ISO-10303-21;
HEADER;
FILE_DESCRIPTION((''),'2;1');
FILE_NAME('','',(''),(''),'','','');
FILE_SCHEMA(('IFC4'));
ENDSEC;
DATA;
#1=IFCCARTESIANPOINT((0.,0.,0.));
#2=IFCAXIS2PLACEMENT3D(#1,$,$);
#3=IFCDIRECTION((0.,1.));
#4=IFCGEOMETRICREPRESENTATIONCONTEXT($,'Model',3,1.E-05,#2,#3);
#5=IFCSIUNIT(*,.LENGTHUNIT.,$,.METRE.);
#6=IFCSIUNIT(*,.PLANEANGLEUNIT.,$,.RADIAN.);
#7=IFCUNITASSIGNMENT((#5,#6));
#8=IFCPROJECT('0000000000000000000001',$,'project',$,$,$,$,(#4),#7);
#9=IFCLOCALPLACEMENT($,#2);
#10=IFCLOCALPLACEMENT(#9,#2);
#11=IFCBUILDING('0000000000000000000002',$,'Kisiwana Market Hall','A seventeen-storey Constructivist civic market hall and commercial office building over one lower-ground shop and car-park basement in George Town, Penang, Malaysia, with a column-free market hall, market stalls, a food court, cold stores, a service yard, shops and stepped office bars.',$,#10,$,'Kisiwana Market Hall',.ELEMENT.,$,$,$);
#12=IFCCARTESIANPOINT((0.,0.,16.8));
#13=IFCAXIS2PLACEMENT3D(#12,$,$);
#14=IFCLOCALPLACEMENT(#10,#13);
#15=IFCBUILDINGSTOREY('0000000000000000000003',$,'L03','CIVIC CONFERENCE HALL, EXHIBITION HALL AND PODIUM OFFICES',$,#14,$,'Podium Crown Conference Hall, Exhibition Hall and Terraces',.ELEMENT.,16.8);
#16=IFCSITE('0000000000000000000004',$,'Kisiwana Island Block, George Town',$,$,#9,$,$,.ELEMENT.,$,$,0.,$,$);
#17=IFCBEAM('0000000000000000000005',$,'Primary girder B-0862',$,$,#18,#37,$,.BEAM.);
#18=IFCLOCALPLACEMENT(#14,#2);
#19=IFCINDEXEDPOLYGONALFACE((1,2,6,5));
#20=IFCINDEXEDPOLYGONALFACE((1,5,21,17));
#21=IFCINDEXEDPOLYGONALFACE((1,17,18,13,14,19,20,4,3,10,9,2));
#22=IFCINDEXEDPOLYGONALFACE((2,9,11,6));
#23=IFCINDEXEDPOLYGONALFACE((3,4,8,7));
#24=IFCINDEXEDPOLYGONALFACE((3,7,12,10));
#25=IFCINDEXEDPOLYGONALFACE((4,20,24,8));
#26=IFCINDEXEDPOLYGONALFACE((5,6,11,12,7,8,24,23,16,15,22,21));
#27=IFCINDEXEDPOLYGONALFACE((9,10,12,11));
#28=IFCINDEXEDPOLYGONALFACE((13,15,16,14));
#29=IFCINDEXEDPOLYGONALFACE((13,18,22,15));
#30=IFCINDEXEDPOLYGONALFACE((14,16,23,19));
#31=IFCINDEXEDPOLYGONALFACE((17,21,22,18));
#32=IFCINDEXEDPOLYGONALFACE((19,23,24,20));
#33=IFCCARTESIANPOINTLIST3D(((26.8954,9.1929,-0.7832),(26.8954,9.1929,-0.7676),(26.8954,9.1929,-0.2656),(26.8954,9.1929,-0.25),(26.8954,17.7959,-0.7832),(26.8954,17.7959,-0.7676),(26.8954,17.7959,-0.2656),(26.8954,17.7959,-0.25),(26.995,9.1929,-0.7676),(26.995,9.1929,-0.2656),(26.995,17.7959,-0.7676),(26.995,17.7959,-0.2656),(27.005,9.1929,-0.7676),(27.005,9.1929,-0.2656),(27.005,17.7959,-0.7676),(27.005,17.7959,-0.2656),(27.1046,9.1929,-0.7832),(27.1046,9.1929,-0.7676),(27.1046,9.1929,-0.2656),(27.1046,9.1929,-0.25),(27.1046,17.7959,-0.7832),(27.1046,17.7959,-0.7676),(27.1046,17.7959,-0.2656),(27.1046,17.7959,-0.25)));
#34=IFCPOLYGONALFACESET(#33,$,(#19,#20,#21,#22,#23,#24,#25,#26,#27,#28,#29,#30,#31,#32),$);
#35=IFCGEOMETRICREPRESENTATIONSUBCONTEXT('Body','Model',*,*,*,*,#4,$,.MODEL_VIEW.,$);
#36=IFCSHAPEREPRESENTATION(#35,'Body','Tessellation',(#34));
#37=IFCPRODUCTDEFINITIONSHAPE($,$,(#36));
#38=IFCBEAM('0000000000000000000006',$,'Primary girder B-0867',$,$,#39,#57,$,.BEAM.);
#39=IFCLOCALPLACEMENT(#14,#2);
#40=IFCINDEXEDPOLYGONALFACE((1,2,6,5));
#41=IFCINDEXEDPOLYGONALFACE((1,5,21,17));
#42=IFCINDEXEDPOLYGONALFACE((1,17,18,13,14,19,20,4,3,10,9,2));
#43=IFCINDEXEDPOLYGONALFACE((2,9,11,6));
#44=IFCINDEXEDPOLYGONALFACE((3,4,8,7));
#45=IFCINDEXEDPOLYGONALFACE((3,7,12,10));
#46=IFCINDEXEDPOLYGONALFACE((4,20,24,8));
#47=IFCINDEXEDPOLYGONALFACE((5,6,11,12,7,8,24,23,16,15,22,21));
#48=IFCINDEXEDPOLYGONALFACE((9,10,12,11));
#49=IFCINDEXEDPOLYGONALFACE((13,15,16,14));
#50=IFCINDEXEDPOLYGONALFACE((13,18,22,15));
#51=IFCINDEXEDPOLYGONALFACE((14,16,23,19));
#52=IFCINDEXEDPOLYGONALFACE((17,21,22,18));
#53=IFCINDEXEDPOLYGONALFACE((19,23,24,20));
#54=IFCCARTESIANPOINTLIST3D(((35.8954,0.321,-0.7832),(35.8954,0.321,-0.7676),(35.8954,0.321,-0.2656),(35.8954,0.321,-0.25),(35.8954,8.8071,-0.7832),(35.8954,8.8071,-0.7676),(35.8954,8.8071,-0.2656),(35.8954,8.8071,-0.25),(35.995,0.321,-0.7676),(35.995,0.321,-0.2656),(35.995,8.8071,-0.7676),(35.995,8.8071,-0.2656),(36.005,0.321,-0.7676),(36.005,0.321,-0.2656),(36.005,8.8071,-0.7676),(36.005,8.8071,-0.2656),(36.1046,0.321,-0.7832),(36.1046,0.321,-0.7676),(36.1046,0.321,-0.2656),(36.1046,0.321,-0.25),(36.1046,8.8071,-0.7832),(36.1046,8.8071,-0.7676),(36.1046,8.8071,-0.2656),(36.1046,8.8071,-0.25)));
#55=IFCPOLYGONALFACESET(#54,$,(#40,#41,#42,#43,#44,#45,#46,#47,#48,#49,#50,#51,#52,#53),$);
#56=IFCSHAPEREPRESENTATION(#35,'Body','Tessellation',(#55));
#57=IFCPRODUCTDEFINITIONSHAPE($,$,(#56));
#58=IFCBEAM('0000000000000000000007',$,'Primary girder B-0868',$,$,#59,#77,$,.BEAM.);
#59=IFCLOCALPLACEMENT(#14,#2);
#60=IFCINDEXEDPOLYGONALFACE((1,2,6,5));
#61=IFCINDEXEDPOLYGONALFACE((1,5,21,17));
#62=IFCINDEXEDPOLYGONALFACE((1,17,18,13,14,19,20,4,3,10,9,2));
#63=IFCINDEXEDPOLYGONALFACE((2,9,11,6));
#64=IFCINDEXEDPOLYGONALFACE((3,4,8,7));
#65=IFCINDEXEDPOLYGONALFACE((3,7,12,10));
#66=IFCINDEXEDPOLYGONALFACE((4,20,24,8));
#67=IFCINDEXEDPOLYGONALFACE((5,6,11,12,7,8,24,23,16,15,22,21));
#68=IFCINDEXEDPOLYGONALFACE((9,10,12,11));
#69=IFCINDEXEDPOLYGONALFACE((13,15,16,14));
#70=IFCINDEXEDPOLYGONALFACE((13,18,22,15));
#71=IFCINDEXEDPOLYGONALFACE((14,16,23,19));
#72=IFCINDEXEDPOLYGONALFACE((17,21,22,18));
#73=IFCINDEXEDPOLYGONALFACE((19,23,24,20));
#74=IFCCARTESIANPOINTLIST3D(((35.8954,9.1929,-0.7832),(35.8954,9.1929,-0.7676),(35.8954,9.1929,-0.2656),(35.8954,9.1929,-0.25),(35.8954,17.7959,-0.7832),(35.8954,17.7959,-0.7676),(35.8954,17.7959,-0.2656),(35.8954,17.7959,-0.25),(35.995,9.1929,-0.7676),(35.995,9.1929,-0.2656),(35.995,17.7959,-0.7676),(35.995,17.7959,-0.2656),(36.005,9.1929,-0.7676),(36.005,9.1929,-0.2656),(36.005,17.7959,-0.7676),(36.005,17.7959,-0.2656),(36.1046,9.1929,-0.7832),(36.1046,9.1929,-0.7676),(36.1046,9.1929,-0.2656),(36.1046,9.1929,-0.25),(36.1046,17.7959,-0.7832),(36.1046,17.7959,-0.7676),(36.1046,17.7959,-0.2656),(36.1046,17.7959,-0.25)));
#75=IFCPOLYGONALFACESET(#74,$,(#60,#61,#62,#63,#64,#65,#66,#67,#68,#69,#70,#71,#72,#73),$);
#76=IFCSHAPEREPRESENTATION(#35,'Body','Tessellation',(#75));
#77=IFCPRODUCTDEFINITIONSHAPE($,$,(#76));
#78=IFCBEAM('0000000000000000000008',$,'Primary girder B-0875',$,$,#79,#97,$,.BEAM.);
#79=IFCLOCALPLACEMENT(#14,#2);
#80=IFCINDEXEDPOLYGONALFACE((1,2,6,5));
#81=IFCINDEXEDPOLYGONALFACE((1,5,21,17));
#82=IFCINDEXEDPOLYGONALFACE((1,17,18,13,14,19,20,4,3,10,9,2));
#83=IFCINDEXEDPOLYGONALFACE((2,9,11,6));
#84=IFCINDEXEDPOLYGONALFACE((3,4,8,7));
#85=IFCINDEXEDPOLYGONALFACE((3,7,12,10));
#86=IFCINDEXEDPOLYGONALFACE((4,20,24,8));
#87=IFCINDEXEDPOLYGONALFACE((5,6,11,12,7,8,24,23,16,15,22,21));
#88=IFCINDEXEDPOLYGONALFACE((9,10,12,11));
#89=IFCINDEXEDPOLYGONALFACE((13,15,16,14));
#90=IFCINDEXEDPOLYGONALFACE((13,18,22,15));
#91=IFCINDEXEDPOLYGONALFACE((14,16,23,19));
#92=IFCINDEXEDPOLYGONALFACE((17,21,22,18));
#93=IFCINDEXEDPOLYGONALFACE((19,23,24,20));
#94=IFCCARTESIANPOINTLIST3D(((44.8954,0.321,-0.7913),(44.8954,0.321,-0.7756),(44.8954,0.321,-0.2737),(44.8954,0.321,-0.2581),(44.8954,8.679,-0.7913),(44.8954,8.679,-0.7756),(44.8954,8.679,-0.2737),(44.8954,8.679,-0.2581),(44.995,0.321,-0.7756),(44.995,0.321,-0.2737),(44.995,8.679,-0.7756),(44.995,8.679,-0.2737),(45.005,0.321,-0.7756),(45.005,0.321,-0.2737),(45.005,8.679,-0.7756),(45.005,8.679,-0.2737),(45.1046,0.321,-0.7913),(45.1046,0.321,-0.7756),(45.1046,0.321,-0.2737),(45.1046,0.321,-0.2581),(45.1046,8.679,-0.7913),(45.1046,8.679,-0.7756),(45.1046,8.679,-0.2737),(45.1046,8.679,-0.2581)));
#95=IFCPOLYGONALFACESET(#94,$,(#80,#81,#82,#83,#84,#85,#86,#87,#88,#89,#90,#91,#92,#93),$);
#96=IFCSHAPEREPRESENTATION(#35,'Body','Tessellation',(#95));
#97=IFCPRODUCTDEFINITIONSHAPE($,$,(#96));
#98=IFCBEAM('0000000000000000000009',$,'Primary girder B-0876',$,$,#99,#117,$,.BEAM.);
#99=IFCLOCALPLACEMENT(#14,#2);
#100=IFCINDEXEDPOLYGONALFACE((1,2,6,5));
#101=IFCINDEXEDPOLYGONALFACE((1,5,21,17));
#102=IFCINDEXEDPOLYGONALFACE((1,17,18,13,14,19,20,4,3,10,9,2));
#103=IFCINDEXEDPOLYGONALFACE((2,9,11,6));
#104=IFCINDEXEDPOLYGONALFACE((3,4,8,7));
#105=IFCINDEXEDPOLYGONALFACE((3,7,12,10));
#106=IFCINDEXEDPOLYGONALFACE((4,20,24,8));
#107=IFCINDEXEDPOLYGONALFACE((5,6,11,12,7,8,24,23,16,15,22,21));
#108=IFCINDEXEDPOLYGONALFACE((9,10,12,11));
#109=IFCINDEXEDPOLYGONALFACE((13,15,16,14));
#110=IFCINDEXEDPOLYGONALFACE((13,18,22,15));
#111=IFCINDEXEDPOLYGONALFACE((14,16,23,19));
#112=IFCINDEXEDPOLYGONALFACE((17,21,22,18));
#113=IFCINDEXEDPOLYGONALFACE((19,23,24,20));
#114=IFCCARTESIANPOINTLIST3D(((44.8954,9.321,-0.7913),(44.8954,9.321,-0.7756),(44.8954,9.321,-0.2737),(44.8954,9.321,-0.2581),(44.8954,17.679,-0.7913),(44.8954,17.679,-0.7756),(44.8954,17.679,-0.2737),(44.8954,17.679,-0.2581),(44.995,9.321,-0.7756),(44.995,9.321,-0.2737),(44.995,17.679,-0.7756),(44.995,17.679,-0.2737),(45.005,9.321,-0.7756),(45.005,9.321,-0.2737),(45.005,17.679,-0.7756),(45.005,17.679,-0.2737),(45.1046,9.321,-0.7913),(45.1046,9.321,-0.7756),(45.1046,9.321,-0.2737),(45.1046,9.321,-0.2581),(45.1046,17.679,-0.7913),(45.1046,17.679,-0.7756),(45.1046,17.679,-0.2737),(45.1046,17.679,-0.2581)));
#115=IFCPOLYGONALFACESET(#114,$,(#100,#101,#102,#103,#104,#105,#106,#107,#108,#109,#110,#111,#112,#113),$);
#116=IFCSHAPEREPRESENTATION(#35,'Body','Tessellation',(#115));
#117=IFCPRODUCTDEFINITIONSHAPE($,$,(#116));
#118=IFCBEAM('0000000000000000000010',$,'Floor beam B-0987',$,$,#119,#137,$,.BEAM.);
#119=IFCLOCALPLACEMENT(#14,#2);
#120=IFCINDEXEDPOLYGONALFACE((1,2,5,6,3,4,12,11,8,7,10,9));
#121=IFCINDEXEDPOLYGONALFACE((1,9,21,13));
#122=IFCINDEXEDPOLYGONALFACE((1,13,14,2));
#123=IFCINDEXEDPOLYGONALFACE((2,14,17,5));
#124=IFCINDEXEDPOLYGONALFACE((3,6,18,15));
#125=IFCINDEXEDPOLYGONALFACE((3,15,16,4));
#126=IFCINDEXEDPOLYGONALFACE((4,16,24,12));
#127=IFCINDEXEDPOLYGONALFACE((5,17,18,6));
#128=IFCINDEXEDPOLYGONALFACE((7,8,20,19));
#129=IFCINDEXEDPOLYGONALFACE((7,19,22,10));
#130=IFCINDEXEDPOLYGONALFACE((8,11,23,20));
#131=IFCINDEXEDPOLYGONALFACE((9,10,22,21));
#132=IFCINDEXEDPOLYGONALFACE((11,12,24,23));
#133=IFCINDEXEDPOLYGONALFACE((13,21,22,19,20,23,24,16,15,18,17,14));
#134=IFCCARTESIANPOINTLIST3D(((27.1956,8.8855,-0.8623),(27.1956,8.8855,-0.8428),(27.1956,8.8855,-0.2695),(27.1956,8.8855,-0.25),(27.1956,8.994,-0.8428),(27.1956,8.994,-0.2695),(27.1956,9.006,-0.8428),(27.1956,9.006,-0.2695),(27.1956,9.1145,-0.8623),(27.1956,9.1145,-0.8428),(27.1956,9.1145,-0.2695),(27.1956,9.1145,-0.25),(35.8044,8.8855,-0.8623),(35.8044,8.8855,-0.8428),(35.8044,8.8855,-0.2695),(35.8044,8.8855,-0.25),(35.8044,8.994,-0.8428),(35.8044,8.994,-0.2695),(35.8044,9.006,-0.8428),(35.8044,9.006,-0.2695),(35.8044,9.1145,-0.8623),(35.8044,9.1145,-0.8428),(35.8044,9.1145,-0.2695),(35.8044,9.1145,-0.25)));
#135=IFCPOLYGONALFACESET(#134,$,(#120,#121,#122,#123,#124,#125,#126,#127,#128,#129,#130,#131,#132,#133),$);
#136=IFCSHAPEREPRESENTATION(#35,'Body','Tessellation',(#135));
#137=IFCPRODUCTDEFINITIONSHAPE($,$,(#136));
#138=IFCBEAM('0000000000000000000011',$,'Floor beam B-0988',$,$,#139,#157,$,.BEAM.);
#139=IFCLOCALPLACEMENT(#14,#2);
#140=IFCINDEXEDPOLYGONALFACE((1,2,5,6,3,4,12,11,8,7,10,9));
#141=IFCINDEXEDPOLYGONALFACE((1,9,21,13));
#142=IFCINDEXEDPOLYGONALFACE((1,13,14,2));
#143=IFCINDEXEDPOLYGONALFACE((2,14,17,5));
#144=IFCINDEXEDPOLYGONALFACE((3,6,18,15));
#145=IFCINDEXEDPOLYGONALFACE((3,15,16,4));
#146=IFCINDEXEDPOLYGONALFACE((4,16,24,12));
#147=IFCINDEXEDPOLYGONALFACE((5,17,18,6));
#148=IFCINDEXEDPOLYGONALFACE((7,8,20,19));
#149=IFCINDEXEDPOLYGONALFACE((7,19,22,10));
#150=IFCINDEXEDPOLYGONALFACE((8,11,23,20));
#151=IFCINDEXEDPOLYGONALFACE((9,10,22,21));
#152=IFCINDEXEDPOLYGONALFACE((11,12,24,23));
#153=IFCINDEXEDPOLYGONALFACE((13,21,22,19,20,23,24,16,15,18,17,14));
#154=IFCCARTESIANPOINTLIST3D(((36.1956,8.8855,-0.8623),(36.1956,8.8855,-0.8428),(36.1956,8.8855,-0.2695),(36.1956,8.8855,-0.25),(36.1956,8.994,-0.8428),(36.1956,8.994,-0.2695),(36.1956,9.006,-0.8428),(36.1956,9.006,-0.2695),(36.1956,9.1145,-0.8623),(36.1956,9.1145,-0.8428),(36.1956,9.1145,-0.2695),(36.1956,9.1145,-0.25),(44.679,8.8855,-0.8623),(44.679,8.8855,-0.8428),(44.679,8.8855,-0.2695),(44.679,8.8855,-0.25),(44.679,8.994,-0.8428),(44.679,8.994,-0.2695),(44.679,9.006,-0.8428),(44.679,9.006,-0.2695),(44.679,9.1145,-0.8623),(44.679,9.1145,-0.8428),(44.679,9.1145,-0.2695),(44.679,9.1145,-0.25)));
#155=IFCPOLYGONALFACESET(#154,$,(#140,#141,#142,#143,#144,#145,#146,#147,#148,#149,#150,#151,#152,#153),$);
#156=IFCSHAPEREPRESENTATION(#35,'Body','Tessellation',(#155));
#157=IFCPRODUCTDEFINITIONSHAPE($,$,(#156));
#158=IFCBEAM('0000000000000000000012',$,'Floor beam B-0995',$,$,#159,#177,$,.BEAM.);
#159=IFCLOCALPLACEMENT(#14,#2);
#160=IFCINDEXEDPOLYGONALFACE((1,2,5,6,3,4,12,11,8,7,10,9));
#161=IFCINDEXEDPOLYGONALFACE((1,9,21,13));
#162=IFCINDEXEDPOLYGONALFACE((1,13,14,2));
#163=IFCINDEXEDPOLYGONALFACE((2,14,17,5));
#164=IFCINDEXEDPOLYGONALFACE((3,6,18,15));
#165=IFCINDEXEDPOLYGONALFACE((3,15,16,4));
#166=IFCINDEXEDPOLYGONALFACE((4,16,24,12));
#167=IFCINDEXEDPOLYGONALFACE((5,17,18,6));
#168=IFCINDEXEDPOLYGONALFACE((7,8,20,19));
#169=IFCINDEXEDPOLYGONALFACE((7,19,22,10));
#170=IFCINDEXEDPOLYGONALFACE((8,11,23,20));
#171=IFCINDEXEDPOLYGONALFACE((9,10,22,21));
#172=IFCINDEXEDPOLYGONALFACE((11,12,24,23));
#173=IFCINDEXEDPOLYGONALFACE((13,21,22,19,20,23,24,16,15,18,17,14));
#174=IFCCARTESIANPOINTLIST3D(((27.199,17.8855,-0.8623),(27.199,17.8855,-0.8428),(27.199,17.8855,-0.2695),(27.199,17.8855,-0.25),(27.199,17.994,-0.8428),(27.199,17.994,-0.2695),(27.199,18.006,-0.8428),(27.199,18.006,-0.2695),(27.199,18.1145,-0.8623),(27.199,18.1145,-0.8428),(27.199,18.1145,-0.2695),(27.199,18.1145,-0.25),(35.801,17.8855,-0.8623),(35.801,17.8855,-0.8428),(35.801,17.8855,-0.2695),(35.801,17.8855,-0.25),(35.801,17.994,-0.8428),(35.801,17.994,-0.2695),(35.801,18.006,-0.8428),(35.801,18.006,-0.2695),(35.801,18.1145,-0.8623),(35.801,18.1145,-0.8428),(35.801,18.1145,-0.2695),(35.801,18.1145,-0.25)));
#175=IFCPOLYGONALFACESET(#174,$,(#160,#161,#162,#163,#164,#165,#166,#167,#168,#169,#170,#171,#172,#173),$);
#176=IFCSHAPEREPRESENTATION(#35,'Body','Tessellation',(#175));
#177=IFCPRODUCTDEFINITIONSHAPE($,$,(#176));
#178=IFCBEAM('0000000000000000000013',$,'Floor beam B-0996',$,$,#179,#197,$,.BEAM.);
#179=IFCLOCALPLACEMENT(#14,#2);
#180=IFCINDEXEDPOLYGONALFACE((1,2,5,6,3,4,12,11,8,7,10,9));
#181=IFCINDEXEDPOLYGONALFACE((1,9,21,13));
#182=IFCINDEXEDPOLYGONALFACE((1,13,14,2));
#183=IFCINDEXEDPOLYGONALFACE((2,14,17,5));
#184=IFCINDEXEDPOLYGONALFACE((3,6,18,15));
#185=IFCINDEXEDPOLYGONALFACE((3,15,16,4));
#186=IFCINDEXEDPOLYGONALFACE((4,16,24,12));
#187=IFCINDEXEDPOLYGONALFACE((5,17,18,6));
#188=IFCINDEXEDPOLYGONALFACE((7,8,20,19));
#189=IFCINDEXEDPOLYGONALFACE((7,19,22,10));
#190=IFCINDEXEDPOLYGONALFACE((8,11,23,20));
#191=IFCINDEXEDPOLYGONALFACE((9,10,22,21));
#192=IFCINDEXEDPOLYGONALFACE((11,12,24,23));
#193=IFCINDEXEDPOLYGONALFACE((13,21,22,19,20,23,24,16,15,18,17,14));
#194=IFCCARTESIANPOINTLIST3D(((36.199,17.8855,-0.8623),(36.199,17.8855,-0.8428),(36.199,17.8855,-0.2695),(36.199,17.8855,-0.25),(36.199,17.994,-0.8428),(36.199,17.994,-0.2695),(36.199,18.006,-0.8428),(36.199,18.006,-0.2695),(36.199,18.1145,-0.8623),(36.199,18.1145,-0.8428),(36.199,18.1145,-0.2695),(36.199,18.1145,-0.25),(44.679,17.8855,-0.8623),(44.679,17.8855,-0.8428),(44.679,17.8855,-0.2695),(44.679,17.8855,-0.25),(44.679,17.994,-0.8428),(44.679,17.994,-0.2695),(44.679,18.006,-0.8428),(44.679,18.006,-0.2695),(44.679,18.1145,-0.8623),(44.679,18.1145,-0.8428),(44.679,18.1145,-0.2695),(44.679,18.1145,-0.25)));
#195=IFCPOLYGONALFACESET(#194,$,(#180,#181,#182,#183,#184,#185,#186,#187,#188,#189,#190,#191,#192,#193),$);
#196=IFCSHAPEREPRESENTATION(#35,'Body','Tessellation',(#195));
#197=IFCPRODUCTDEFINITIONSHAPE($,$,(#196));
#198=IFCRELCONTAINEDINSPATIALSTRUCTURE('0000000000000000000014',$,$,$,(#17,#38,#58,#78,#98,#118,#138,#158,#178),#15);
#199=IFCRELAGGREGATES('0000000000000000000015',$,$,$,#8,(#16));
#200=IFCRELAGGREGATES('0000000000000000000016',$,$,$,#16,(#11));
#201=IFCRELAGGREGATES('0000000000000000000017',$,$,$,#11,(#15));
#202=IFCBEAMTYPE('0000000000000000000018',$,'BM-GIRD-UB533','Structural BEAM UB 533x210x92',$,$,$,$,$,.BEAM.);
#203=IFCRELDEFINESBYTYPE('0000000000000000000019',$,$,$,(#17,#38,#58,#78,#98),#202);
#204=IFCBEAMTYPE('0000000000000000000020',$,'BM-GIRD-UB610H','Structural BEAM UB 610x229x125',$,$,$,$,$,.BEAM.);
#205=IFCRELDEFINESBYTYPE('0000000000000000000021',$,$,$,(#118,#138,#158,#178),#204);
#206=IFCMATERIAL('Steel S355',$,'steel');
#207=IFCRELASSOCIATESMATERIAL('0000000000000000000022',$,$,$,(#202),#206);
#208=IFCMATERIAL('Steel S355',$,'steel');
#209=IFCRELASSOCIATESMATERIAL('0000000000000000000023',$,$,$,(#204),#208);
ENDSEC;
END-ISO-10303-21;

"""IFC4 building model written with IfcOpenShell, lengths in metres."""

from ifc_helpers import new_model, si_unit, direction, frame, origin, origin_2d, place, context, subcontext, project, spatial, i_section, extrude, material, material_profile, profile_set, type_object, element, save


model = new_model("IFC4")

# Units and contexts
model_context = context("Model", 3, precision=1e-05, world=origin(), true_north=direction((0.0, 1.0)))
body_context = subcontext(model_context, "Body", "Model", "MODEL_VIEW")
ifc_project = project(units=[si_unit("LENGTHUNIT", "METRE"), si_unit("PLANEANGLEUNIT", "RADIAN")], contexts=[model_context])

# Site, building, storey
site_placement = place(None, origin())
site = spatial("IfcSite", under=ifc_project, at=site_placement, Name="Kisiwana Island Block, George Town", CompositionType="ELEMENT", RefElevation=0.0)
building_placement = place(site_placement, origin())
building = spatial("IfcBuilding", under=site, at=building_placement, Name="Kisiwana Market Hall", Description="A seventeen-storey Constructivist civic market hall and commercial office building over one lower-ground shop and car-park basement in George Town, Penang, Malaysia, with a column-free market hall, market stalls, a food court, cold stores, a service yard, shops and stepped office bars.", LongName="Kisiwana Market Hall", CompositionType="ELEMENT")
storey_placement = place(building_placement, frame((0.0, 0.0, 16.8)))
storey = spatial("IfcBuildingStorey", under=building, at=storey_placement, Name="L03", Description="CIVIC CONFERENCE HALL, EXHIBITION HALL AND PODIUM OFFICES", LongName="Podium Crown Conference Hall, Exhibition Hall and Terraces", CompositionType="ELEMENT", Elevation=16.8)

# Beams
ifc_material_1 = material(Name="Steel S355", Category="steel")
ifc_material_profile_1 = material_profile(ifc_material_1, i_section(OverallWidth=0.2092, OverallDepth=0.5332, WebThickness=0.01, FlangeThickness=0.0156, at=origin_2d()), Name="UB 533x210x92")
ifc_profile_set_1 = profile_set([ifc_material_profile_1], Name="Steel S355")
beam_type_1 = type_object("IfcBeamType", Name="BM-GIRD-UB533", Description="Structural BEAM UB 533x210x92", PredefinedType="BEAM", material=ifc_profile_set_1)
beam_1_placement = place(storey_placement, frame((27.0, 9.1929, -0.5166), z_axis=(0.0, 1.0, 0.0), x_axis=(-1.0, 0.0, 0.0)))
element("IfcBeam", 1, at=beam_1_placement, inside=storey, type_object=beam_type_1, Name="Primary girder B-0862", PredefinedType="BEAM", context=body_context, shape_type="SweptSolid", body=[
    extrude(i_section(OverallWidth=0.2092, OverallDepth=0.5332, WebThickness=0.01, FlangeThickness=0.0156, at=origin_2d()), origin(), (0.0, 0.0, 1.0), 8.603),
])
beam_2_placement = place(storey_placement, frame((36.0, 0.321, -0.5166), z_axis=(0.0, 1.0, 0.0), x_axis=(-1.0, 0.0, 0.0)))
element("IfcBeam", 2, at=beam_2_placement, inside=storey, type_object=beam_type_1, Name="Primary girder B-0867", PredefinedType="BEAM", context=body_context, shape_type="SweptSolid", body=[
    extrude(i_section(OverallWidth=0.2092, OverallDepth=0.5332, WebThickness=0.01, FlangeThickness=0.0156, at=origin_2d()), origin(), (0.0, 0.0, 1.0), 8.4861),
])
beam_3_placement = place(storey_placement, frame((36.0, 9.1929, -0.5166), z_axis=(0.0, 1.0, 0.0), x_axis=(-1.0, 0.0, 0.0)))
element("IfcBeam", 3, at=beam_3_placement, inside=storey, type_object=beam_type_1, Name="Primary girder B-0868", PredefinedType="BEAM", context=body_context, shape_type="SweptSolid", body=[
    extrude(i_section(OverallWidth=0.2092, OverallDepth=0.5332, WebThickness=0.01, FlangeThickness=0.0156, at=origin_2d()), origin(), (0.0, 0.0, 1.0), 8.603),
])
for number, where, z_axis, x_axis, name in (
    (4, (45.0, 0.321, -0.5247), (0.0, 1.0, 0.0), (-1.0, 0.0, 0.0), "Primary girder B-0875"),
    (5, (45.0, 9.321, -0.5247), (0.0, 1.0, 0.0), (-1.0, 0.0, 0.0), "Primary girder B-0876"),
):
    element("IfcBeam", number, at=place(storey_placement, frame(where, z_axis=z_axis, x_axis=x_axis)), inside=storey, type_object=beam_type_1, Name=name, PredefinedType="BEAM", context=body_context, shape_type="SweptSolid", body=[
        extrude(i_section(OverallWidth=0.2092, OverallDepth=0.5332, WebThickness=0.01, FlangeThickness=0.0156, at=origin_2d()), origin(), (0.0, 0.0, 1.0), 8.3579),
    ])
ifc_material_2 = material(Name="Steel S355", Category="steel")
ifc_material_profile_2 = material_profile(ifc_material_2, i_section(OverallWidth=0.229, OverallDepth=0.6123, WebThickness=0.012, FlangeThickness=0.0195, at=origin_2d()), Name="UB 610x229x125")
ifc_profile_set_2 = profile_set([ifc_material_profile_2], Name="Steel S355")
beam_type_2 = type_object("IfcBeamType", Name="BM-GIRD-UB610H", Description="Structural BEAM UB 610x229x125", PredefinedType="BEAM", material=ifc_profile_set_2)
beam_4_placement = place(storey_placement, frame((27.1956, 9.0, -0.5562), z_axis=(1.0, 0.0, 0.0), x_axis=(0.0, 1.0, 0.0)))
element("IfcBeam", 6, at=beam_4_placement, inside=storey, type_object=beam_type_2, Name="Floor beam B-0987", PredefinedType="BEAM", context=body_context, shape_type="SweptSolid", body=[
    extrude(i_section(OverallWidth=0.229, OverallDepth=0.6123, WebThickness=0.012, FlangeThickness=0.0195, at=origin_2d()), origin(), (0.0, 0.0, 1.0), 8.6089),
])
beam_5_placement = place(storey_placement, frame((36.1956, 9.0, -0.5562), z_axis=(1.0, 0.0, 0.0), x_axis=(0.0, 1.0, 0.0)))
element("IfcBeam", 7, at=beam_5_placement, inside=storey, type_object=beam_type_2, Name="Floor beam B-0988", PredefinedType="BEAM", context=body_context, shape_type="SweptSolid", body=[
    extrude(i_section(OverallWidth=0.229, OverallDepth=0.6123, WebThickness=0.012, FlangeThickness=0.0195, at=origin_2d()), origin(), (0.0, 0.0, 1.0), 8.4834),
])
beam_6_placement = place(storey_placement, frame((27.199, 18.0, -0.5562), z_axis=(1.0, 0.0, 0.0), x_axis=(0.0, 1.0, 0.0)))
element("IfcBeam", 8, at=beam_6_placement, inside=storey, type_object=beam_type_2, Name="Floor beam B-0995", PredefinedType="BEAM", context=body_context, shape_type="SweptSolid", body=[
    extrude(i_section(OverallWidth=0.229, OverallDepth=0.6123, WebThickness=0.012, FlangeThickness=0.0195, at=origin_2d()), origin(), (0.0, 0.0, 1.0), 8.6021),
])
beam_7_placement = place(storey_placement, frame((36.199, 18.0, -0.5562), z_axis=(1.0, 0.0, 0.0), x_axis=(0.0, 1.0, 0.0)))
element("IfcBeam", 9, at=beam_7_placement, inside=storey, type_object=beam_type_2, Name="Floor beam B-0996", PredefinedType="BEAM", context=body_context, shape_type="SweptSolid", body=[
    extrude(i_section(OverallWidth=0.229, OverallDepth=0.6123, WebThickness=0.012, FlangeThickness=0.0195, at=origin_2d()), origin(), (0.0, 0.0, 1.0), 8.48),
])

save(model, "model.ifc")
